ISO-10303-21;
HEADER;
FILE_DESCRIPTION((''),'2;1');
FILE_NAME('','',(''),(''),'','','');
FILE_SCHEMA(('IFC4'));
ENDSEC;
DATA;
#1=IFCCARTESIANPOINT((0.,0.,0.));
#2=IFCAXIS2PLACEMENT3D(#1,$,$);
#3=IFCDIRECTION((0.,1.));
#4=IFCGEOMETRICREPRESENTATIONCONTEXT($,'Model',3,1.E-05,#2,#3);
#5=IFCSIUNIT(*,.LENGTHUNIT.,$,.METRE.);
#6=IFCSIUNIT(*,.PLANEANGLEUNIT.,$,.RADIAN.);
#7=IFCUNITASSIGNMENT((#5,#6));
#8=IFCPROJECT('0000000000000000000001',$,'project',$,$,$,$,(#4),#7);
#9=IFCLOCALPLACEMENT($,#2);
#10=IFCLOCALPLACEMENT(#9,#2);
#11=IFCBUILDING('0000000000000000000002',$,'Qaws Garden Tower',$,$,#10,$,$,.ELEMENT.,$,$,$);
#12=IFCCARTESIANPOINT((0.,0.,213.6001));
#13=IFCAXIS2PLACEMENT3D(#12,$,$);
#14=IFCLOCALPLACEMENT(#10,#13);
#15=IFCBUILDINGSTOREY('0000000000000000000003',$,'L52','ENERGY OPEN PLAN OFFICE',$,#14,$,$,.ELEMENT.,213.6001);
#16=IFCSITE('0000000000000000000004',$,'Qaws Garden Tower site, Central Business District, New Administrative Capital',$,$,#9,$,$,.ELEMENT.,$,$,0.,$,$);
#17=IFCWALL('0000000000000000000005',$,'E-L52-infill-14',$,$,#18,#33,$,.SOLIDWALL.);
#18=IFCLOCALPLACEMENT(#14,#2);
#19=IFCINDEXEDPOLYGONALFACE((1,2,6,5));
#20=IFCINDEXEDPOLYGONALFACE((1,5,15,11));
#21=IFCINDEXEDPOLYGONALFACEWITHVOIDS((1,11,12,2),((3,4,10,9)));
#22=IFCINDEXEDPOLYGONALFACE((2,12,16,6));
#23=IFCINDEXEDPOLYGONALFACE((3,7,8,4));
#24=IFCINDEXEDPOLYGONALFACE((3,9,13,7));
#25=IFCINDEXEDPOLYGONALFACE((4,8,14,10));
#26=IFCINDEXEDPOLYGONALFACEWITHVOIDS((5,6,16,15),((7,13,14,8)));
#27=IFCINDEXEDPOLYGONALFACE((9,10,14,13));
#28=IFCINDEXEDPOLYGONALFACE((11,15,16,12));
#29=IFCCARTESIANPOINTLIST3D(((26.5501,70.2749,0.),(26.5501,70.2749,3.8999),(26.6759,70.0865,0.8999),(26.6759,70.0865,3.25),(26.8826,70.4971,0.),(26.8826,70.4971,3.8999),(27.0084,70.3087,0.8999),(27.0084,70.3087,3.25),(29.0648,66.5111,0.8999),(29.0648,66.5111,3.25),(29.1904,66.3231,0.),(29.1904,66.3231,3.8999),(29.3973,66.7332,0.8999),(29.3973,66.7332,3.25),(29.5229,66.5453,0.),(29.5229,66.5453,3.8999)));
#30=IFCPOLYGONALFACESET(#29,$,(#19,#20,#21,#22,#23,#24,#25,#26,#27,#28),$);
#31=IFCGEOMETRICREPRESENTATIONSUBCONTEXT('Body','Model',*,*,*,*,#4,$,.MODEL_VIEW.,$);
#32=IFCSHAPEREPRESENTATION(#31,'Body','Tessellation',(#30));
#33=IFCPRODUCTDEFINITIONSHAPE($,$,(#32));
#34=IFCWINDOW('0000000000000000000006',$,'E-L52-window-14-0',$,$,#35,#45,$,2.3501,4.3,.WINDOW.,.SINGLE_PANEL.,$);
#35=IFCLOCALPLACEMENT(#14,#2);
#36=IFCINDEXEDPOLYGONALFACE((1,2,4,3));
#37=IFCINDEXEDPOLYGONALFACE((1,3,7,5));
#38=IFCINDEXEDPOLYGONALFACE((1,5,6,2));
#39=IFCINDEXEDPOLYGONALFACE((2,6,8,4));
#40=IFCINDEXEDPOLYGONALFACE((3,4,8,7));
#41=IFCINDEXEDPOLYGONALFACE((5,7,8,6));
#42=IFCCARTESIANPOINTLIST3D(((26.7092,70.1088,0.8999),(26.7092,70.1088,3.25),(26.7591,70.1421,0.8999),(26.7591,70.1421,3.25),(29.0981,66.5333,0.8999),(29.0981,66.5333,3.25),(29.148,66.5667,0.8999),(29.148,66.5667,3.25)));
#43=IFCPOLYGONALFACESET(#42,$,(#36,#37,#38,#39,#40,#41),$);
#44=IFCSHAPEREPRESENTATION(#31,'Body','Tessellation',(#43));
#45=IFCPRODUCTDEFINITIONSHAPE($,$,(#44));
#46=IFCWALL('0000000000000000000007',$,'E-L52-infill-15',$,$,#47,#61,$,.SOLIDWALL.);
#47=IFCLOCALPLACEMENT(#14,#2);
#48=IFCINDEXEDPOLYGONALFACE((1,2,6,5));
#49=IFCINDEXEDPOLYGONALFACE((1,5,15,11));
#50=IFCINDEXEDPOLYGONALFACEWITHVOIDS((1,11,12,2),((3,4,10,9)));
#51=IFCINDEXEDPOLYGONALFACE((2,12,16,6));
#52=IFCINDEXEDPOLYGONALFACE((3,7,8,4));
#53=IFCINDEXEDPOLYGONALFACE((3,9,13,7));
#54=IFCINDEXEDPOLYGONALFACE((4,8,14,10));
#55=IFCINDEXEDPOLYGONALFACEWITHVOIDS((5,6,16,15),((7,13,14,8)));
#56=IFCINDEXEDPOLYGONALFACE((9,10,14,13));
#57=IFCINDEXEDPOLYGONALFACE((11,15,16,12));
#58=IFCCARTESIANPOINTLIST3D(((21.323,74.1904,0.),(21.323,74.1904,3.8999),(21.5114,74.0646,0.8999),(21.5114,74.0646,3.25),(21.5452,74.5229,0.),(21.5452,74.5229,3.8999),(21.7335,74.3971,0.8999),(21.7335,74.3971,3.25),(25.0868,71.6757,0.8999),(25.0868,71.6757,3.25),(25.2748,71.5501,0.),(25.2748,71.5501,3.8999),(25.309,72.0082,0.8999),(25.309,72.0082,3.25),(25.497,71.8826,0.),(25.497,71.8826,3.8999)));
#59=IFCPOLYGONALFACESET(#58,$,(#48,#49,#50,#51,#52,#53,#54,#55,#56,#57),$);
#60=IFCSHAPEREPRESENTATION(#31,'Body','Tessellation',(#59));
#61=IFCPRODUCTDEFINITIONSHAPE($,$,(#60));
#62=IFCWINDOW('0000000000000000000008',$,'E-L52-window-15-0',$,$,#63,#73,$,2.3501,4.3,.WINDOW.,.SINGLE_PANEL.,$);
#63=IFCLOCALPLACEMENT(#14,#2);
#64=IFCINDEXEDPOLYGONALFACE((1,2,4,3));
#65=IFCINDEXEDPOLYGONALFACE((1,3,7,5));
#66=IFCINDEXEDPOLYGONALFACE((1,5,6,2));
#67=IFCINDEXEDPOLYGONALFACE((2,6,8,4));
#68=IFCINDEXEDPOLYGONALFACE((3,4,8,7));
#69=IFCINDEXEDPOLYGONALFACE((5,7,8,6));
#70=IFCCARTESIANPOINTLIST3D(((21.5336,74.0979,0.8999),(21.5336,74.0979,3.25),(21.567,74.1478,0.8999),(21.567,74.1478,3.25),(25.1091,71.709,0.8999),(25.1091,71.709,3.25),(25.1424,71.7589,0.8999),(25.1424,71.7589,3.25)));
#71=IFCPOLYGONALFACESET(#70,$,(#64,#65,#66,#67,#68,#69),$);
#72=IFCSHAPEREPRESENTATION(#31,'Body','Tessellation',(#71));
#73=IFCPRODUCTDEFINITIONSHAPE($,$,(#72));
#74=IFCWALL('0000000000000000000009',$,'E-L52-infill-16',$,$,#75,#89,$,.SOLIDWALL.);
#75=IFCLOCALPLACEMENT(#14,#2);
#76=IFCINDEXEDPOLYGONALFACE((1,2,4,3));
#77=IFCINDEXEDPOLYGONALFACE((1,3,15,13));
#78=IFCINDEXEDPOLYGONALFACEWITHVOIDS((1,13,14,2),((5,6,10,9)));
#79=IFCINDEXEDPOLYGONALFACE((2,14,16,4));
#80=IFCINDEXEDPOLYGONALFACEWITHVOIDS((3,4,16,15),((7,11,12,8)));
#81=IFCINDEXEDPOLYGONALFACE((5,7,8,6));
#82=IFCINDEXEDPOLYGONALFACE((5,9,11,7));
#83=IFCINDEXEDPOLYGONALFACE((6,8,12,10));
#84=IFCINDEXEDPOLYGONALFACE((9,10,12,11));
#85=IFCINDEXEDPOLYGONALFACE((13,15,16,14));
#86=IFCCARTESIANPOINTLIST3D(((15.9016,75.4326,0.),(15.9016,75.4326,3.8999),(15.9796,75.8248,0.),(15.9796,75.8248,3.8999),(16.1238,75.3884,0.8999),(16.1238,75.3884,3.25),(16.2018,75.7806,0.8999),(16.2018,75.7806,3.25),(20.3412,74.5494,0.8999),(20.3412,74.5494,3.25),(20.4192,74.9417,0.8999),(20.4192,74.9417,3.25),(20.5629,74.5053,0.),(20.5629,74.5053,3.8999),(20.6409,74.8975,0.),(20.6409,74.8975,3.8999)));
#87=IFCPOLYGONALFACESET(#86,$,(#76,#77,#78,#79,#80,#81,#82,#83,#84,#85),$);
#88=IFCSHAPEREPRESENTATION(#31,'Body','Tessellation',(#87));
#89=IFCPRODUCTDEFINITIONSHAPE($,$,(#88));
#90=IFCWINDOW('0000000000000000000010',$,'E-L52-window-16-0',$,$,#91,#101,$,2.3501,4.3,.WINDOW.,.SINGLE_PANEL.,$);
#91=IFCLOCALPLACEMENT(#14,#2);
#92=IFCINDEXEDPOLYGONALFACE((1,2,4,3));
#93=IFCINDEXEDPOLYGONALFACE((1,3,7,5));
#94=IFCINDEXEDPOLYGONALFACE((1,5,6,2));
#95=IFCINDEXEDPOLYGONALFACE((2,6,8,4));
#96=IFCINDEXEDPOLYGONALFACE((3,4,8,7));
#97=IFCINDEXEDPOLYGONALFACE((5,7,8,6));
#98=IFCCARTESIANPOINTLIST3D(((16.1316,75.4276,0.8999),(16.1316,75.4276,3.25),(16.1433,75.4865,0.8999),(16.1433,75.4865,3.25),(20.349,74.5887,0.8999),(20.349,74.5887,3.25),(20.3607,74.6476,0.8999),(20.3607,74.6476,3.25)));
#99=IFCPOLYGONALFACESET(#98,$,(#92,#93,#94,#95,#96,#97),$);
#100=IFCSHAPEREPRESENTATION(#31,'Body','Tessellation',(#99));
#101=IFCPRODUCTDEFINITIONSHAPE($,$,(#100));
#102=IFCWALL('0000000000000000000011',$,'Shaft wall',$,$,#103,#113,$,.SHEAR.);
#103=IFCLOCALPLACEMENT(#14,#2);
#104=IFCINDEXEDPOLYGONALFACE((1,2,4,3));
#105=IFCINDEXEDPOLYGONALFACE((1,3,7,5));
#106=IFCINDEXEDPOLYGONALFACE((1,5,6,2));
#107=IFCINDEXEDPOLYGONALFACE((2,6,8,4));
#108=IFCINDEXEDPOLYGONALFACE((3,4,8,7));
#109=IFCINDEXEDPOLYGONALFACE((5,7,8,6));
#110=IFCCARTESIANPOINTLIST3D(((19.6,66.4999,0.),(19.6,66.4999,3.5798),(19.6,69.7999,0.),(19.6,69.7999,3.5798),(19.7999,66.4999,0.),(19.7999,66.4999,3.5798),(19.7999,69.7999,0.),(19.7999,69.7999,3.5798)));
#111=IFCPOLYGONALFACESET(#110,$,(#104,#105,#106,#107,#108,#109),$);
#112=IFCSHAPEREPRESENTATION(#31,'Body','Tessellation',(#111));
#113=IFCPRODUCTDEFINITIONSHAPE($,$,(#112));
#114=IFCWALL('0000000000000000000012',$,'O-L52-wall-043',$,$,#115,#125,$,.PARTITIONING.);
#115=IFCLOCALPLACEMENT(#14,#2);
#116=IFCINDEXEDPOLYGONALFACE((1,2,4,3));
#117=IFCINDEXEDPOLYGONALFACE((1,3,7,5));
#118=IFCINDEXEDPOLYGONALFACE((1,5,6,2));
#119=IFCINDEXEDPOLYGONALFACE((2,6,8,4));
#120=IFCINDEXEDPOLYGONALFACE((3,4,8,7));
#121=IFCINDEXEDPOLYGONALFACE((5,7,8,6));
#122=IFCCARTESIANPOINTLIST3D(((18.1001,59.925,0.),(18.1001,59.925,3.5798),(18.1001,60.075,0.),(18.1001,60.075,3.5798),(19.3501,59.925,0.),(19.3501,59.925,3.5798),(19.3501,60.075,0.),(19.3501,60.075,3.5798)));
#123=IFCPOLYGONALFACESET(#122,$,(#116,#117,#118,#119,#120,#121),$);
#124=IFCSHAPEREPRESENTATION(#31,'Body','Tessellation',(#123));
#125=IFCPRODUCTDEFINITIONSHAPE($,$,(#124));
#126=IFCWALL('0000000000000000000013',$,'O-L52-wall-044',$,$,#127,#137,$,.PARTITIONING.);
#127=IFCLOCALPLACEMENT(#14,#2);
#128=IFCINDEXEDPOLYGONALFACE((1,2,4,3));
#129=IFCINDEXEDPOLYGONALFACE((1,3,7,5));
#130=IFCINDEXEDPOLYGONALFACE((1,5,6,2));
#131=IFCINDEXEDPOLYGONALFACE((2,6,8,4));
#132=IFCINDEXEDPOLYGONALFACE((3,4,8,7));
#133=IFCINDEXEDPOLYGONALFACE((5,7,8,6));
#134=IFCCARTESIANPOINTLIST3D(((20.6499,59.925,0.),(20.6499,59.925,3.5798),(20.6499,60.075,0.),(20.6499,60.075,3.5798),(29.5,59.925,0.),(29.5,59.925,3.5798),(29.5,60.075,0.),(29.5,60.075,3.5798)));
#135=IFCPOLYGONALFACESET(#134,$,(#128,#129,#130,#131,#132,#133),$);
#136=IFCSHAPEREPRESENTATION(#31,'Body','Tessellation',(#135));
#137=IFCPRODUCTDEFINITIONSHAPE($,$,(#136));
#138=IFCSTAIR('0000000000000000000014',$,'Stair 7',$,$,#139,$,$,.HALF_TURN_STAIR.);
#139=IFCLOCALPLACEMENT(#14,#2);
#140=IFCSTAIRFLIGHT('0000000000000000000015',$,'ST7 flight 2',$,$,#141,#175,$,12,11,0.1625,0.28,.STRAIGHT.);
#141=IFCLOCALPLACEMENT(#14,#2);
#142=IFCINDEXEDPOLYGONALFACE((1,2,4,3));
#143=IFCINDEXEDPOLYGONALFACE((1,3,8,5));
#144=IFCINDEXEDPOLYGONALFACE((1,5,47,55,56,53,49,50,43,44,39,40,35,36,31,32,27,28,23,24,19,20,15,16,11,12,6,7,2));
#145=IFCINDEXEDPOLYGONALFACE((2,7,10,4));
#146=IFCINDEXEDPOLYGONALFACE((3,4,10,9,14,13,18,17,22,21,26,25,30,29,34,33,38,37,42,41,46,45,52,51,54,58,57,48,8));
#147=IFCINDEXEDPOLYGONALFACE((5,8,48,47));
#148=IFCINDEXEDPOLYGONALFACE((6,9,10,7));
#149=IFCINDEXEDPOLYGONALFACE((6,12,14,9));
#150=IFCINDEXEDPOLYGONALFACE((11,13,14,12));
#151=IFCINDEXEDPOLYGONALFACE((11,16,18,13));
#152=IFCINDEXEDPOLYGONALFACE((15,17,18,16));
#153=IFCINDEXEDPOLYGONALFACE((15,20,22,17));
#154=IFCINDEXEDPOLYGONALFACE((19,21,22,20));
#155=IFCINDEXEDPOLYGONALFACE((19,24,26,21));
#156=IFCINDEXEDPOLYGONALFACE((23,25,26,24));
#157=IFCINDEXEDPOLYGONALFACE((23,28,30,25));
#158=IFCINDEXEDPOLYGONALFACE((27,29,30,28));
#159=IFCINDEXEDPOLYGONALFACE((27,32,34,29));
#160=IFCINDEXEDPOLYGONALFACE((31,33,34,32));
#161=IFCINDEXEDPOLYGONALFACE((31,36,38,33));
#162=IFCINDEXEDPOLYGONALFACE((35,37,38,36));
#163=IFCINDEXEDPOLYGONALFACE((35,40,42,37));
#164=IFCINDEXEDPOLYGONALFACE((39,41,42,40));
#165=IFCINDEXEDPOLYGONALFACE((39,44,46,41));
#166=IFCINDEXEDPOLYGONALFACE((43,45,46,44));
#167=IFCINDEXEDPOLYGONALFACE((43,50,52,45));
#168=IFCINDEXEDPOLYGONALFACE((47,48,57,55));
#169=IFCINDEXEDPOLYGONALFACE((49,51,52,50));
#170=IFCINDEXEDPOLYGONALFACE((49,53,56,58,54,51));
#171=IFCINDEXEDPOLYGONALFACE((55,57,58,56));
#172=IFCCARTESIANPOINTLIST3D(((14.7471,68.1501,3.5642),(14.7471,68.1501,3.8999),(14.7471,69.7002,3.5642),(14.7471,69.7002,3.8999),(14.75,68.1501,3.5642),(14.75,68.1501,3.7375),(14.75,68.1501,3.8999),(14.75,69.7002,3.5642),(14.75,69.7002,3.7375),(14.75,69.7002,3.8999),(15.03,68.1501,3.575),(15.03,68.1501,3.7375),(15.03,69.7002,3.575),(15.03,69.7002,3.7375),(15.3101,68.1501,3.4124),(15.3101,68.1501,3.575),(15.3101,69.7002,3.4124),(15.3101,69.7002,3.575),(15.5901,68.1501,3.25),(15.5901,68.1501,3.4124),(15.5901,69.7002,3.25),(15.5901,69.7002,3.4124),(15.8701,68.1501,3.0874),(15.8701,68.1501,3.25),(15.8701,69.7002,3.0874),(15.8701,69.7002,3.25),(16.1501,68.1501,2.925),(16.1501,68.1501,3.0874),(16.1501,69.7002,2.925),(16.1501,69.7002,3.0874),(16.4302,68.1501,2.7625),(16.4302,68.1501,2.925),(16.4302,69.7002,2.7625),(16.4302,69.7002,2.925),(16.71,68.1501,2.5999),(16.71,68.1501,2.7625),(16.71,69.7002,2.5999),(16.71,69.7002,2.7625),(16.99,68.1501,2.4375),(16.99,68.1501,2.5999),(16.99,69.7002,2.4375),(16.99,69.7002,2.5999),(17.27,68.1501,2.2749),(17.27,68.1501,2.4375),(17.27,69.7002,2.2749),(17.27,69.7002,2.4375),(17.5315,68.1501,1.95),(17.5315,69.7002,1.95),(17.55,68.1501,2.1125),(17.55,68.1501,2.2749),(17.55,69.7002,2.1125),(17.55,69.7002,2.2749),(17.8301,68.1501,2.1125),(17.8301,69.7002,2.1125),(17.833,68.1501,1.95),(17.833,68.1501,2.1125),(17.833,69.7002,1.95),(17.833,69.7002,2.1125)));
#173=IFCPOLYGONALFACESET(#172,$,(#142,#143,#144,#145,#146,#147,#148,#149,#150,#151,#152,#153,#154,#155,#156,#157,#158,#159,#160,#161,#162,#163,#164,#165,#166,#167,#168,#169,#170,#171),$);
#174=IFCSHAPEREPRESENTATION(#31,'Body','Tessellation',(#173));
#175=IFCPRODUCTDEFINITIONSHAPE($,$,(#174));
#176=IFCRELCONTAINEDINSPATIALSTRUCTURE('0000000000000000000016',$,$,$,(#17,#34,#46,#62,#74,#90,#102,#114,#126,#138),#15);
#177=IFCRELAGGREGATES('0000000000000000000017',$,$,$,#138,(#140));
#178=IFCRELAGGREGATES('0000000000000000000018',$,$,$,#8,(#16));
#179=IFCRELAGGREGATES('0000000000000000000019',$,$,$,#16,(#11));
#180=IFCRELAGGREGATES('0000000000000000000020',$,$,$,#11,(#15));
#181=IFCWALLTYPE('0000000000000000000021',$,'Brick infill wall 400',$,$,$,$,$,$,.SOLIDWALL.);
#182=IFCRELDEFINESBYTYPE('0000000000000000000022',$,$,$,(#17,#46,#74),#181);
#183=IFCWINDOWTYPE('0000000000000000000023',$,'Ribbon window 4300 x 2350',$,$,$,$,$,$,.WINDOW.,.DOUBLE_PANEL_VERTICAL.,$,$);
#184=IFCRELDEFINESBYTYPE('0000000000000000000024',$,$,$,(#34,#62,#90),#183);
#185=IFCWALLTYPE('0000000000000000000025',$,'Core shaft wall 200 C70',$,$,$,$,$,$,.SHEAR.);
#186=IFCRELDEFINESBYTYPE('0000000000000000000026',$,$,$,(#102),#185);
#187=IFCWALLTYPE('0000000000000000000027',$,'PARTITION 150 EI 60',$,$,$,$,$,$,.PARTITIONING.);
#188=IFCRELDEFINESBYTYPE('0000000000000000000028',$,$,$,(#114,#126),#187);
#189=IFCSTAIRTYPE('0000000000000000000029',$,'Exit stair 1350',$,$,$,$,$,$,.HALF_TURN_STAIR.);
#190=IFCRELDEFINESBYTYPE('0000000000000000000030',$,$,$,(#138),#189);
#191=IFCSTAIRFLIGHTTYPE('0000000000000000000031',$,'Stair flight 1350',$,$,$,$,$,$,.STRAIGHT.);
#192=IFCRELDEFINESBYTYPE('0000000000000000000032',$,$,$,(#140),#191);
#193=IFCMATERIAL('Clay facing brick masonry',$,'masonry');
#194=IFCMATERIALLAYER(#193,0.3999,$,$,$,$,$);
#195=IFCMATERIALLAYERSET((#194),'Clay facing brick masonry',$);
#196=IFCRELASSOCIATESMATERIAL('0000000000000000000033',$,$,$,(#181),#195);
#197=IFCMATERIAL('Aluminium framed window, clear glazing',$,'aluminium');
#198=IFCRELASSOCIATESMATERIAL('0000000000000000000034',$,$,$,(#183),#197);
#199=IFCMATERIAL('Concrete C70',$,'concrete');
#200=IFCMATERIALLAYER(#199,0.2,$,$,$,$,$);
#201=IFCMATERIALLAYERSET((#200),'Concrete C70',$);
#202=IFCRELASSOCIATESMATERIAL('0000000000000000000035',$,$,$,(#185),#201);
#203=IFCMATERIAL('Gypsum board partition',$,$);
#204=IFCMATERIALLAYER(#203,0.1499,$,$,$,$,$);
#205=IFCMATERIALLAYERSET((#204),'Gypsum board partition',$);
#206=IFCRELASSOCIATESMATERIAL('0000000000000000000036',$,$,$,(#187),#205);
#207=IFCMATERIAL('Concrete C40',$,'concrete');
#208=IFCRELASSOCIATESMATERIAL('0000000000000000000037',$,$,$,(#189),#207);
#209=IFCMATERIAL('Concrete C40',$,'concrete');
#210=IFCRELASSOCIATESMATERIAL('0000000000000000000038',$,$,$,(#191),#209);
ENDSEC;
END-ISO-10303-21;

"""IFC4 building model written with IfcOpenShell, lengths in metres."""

from ifc_helpers import new_model, si_unit, direction, frame, frame_2d, origin, place, context, subcontext, project, spatial, polyline, rectangle, outline, extrude, material, layer, layer_set, type_object, element, fill, aggregate, save


model = new_model("IFC4")

# Units and contexts
model_context = context("Model", 3, precision=1e-05, world=origin(), true_north=direction((0.0, 1.0)))
body_context = subcontext(model_context, "Body", "Model", "MODEL_VIEW")
ifc_project = project(units=[si_unit("LENGTHUNIT", "METRE"), si_unit("PLANEANGLEUNIT", "RADIAN")], contexts=[model_context])

# Site, building, storey
site_placement = place(None, origin())
site = spatial("IfcSite", under=ifc_project, at=site_placement, Name="Qaws Garden Tower site, Central Business District, New Administrative Capital", CompositionType="ELEMENT", RefElevation=0.0)
building_placement = place(site_placement, origin())
building = spatial("IfcBuilding", under=site, at=building_placement, Name="Qaws Garden Tower", CompositionType="ELEMENT")
storey_placement = place(building_placement, frame((0.0, 0.0, 213.6001)))
storey = spatial("IfcBuildingStorey", under=building, at=storey_placement, Name="L52", Description="ENERGY OPEN PLAN OFFICE", CompositionType="ELEMENT", Elevation=213.6001)

# Walls, openings, windows
ifc_material_1 = material(Name="Clay facing brick masonry", Category="masonry")
ifc_layer_1 = layer(ifc_material_1, 0.3999)
ifc_layer_set_1 = layer_set([ifc_layer_1], Name="Clay facing brick masonry")
wall_type_1 = type_object("IfcWallType", Name="Brick infill wall 400", PredefinedType="SOLIDWALL", material=ifc_layer_set_1)
ifc_material_2 = material(Name="Aluminium framed window, clear glazing", Category="aluminium")
window_type = type_object("IfcWindowType", Name="Ribbon window 4300 x 2350", PartitioningType="DOUBLE_PANEL_VERTICAL", PredefinedType="WINDOW", material=ifc_material_2)
wall_1_placement = place(storey_placement, frame((29.3567, 66.4341, 0.0), z_axis=(0.0, 0.0, 1.0), x_axis=(-0.555542, 0.831489, 0.0)))
wall_1 = element("IfcWall", 1, at=wall_1_placement, inside=storey, type_object=wall_type_1, Name="E-L52-infill-14", PredefinedType="SOLIDWALL", context=body_context, shape_type="SweptSolid", body=[
    extrude(rectangle(XDim=4.7527, YDim=0.3999, at=frame_2d((2.3765, 0.0))), origin(), (0.0, 0.0, 1.0), 3.8999),
])
opening_1_placement = place(wall_1_placement, frame((0.2263, 0.0, 0.8999)))
opening_1 = element("IfcOpeningElement", 2, at=opening_1_placement, cuts=wall_1, PredefinedType="OPENING", context=body_context, shape_type="SweptSolid", body=[
    extrude(rectangle(XDim=4.3, YDim=2.3501, at=frame_2d((2.1499, 1.175))), frame((0.0, 0.21, 0.0), z_axis=(0.0, -1.0, 0.0), x_axis=(1.0, 0.0, 0.0)), (0.0, 0.0, 1.0), 0.4199),
])
window_1_placement = place(opening_1_placement, origin())
window_1 = element("IfcWindow", 3, at=window_1_placement, inside=storey, type_object=window_type, Name="E-L52-window-14-0", OverallHeight=2.3501, OverallWidth=4.3, PartitioningType="SINGLE_PANEL", PredefinedType="WINDOW", context=body_context, shape_type="SweptSolid", body=[
    extrude(rectangle(XDim=4.3, YDim=2.3501, at=frame_2d((2.1499, 1.175))), frame((0.0, 0.1599, 0.0), z_axis=(0.0, -1.0, 0.0), x_axis=(1.0, 0.0, 0.0)), (0.0, 0.0, 1.0), 0.0601),
])
fill(opening_1, window_1)
wall_2_placement = place(storey_placement, frame((25.386, 71.7163, 0.0), z_axis=(0.0, 0.0, 1.0), x_axis=(-0.831489, 0.555542, 0.0)))
wall_2 = element("IfcWall", 4, at=wall_2_placement, inside=storey, type_object=wall_type_1, Name="E-L52-infill-15", PredefinedType="SOLIDWALL", context=body_context, shape_type="SweptSolid", body=[
    extrude(rectangle(XDim=4.7527, YDim=0.3999, at=frame_2d((2.3765, 0.0))), origin(), (0.0, 0.0, 1.0), 3.8999),
])
opening_2_placement = place(wall_2_placement, frame((0.2263, 0.0, 0.8999)))
opening_2 = element("IfcOpeningElement", 5, at=opening_2_placement, cuts=wall_2, PredefinedType="OPENING", context=body_context, shape_type="SweptSolid", body=[
    extrude(rectangle(XDim=4.3, YDim=2.3501, at=frame_2d((2.1499, 1.175))), frame((0.0, 0.21, 0.0), z_axis=(0.0, -1.0, 0.0), x_axis=(1.0, 0.0, 0.0)), (0.0, 0.0, 1.0), 0.4199),
])
window_2_placement = place(opening_2_placement, origin())
window_2 = element("IfcWindow", 6, at=window_2_placement, inside=storey, type_object=window_type, Name="E-L52-window-15-0", OverallHeight=2.3501, OverallWidth=4.3, PartitioningType="SINGLE_PANEL", PredefinedType="WINDOW", context=body_context, shape_type="SweptSolid", body=[
    extrude(rectangle(XDim=4.3, YDim=2.3501, at=frame_2d((2.1499, 1.175))), frame((0.0, 0.1599, 0.0), z_axis=(0.0, -1.0, 0.0), x_axis=(1.0, 0.0, 0.0)), (0.0, 0.0, 1.0), 0.0601),
])
fill(opening_2, window_2)
wall_3_placement = place(storey_placement, frame((20.6021, 74.7014, 0.0), z_axis=(0.0, 0.0, 1.0), x_axis=(-0.980784, 0.195099, 0.0)))
wall_3 = element("IfcWall", 7, at=wall_3_placement, inside=storey, type_object=wall_type_1, Name="E-L52-infill-16", PredefinedType="SOLIDWALL", context=body_context, shape_type="SweptSolid", body=[
    extrude(rectangle(XDim=4.7527, YDim=0.3999, at=frame_2d((2.3765, 0.0))), origin(), (0.0, 0.0, 1.0), 3.8999),
])
opening_3_placement = place(wall_3_placement, frame((0.2263, 0.0, 0.8999)))
opening_3 = element("IfcOpeningElement", 8, at=opening_3_placement, cuts=wall_3, PredefinedType="OPENING", context=body_context, shape_type="SweptSolid", body=[
    extrude(rectangle(XDim=4.3, YDim=2.3501, at=frame_2d((2.1499, 1.175))), frame((0.0, 0.21, 0.0), z_axis=(0.0, -1.0, 0.0), x_axis=(1.0, 0.0, 0.0)), (0.0, 0.0, 1.0), 0.4199),
])
window_3_placement = place(opening_3_placement, origin())
window_3 = element("IfcWindow", 9, at=window_3_placement, inside=storey, type_object=window_type, Name="E-L52-window-16-0", OverallHeight=2.3501, OverallWidth=4.3, PartitioningType="SINGLE_PANEL", PredefinedType="WINDOW", context=body_context, shape_type="SweptSolid", body=[
    extrude(rectangle(XDim=4.3, YDim=2.3501, at=frame_2d((2.1499, 1.175))), frame((0.0, 0.1599, 0.0), z_axis=(0.0, -1.0, 0.0), x_axis=(1.0, 0.0, 0.0)), (0.0, 0.0, 1.0), 0.0601),
])
fill(opening_3, window_3)

# Walls
ifc_material_3 = material(Name="Concrete C70", Category="concrete")
ifc_layer_2 = layer(ifc_material_3, 0.2)
ifc_layer_set_2 = layer_set([ifc_layer_2], Name="Concrete C70")
wall_type_2 = type_object("IfcWallType", Name="Core shaft wall 200 C70", PredefinedType="SHEAR", material=ifc_layer_set_2)
wall_4_placement = place(storey_placement, frame((19.7, 66.5, 0.0), z_axis=(0.0, 0.0, 1.0), x_axis=(0.0, 1.0, 0.0)))
element("IfcWall", 10, at=wall_4_placement, inside=storey, type_object=wall_type_2, Name="Shaft wall", PredefinedType="SHEAR", context=body_context, shape_type="SweptSolid", body=[
    extrude(rectangle(XDim=3.3, YDim=0.2, at=frame_2d((1.6499, 0.0))), origin(), (0.0, 0.0, 1.0), 3.5798),
])
ifc_material_4 = material(Name="Gypsum board partition")
ifc_layer_3 = layer(ifc_material_4, 0.1499)
ifc_layer_set_3 = layer_set([ifc_layer_3], Name="Gypsum board partition")
wall_type_3 = type_object("IfcWallType", Name="PARTITION 150 EI 60", PredefinedType="PARTITIONING", material=ifc_layer_set_3)
wall_5_placement = place(storey_placement, frame((18.1001, 60.0, 0.0), z_axis=(0.0, 0.0, 1.0), x_axis=(1.0, 0.0, 0.0)))
element("IfcWall", 11, at=wall_5_placement, inside=storey, type_object=wall_type_3, Name="O-L52-wall-043", PredefinedType="PARTITIONING", context=body_context, shape_type="SweptSolid", body=[
    extrude(rectangle(XDim=1.25, YDim=0.1499, at=frame_2d((0.625, 0.0))), origin(), (0.0, 0.0, 1.0), 3.5798),
])
wall_6_placement = place(storey_placement, frame((20.6499, 60.0, 0.0), z_axis=(0.0, 0.0, 1.0), x_axis=(1.0, 0.0, 0.0)))
element("IfcWall", 12, at=wall_6_placement, inside=storey, type_object=wall_type_3, Name="O-L52-wall-044", PredefinedType="PARTITIONING", context=body_context, shape_type="SweptSolid", body=[
    extrude(rectangle(XDim=8.8501, YDim=0.1499, at=frame_2d((4.425, 0.0))), origin(), (0.0, 0.0, 1.0), 3.5798),
])

# Stair, stair flight
ifc_material_5 = material(Name="Concrete C40", Category="concrete")
stair_type = type_object("IfcStairType", Name="Exit stair 1350", PredefinedType="HALF_TURN_STAIR", material=ifc_material_5)
stair_placement = place(storey_placement, origin())
stair = element("IfcStair", 13, at=stair_placement, inside=storey, type_object=stair_type, Name="Stair 7", PredefinedType="HALF_TURN_STAIR")
ifc_material_6 = material(Name="Concrete C40", Category="concrete")
stair_flight_type = type_object("IfcStairFlightType", Name="Stair flight 1350", PredefinedType="STRAIGHT", material=ifc_material_6)
stair_flight_placement = place(storey_placement, frame((17.8301, 68.925, 1.95), z_axis=(0.0, 0.0, 1.0), x_axis=(-1.0, 0.0, 0.0)))
stair_flight = element("IfcStairFlight", 14, at=stair_flight_placement, type_object=stair_flight_type, Name="ST7 flight 2", NumberOfRisers=12, NumberOfTreads=11, PredefinedType="STRAIGHT", RiserHeight=0.1625, TreadLength=0.28, context=body_context, shape_type="SweptSolid", body=[
    extrude(outline(polyline([(-0.0029, 0.0), (-0.0029, 0.1626), (0.0, 0.1626), (0.28, 0.1626), (0.28, 0.325), (0.5601, 0.325), (0.5601, 0.4875), (0.8401, 0.4875), (0.8401, 0.6499), (1.1201, 0.6499), (1.1201, 0.8125), (1.3999, 0.8125), (1.3999, 0.9751), (1.6799, 0.9751), (1.6799, 1.1375), (1.96, 1.1375), (1.96, 1.3), (2.24, 1.3), (2.24, 1.4624), (2.52, 1.4624), (2.52, 1.625), (2.8, 1.625), (2.8, 1.7876), (3.0801, 1.7876), (3.0801, 1.95), (3.083, 1.95), (3.083, 1.6143), (3.0801, 1.6143), (0.2986, 0.0), (-0.0029, 0.0)])), frame((0.0, 0.7749, 0.0), z_axis=(0.0, -1.0, 0.0), x_axis=(1.0, 0.0, 0.0)), (0.0, 0.0, 1.0), 1.55),
])
aggregate(stair, [stair_flight])

save(model, "model.ifc")
